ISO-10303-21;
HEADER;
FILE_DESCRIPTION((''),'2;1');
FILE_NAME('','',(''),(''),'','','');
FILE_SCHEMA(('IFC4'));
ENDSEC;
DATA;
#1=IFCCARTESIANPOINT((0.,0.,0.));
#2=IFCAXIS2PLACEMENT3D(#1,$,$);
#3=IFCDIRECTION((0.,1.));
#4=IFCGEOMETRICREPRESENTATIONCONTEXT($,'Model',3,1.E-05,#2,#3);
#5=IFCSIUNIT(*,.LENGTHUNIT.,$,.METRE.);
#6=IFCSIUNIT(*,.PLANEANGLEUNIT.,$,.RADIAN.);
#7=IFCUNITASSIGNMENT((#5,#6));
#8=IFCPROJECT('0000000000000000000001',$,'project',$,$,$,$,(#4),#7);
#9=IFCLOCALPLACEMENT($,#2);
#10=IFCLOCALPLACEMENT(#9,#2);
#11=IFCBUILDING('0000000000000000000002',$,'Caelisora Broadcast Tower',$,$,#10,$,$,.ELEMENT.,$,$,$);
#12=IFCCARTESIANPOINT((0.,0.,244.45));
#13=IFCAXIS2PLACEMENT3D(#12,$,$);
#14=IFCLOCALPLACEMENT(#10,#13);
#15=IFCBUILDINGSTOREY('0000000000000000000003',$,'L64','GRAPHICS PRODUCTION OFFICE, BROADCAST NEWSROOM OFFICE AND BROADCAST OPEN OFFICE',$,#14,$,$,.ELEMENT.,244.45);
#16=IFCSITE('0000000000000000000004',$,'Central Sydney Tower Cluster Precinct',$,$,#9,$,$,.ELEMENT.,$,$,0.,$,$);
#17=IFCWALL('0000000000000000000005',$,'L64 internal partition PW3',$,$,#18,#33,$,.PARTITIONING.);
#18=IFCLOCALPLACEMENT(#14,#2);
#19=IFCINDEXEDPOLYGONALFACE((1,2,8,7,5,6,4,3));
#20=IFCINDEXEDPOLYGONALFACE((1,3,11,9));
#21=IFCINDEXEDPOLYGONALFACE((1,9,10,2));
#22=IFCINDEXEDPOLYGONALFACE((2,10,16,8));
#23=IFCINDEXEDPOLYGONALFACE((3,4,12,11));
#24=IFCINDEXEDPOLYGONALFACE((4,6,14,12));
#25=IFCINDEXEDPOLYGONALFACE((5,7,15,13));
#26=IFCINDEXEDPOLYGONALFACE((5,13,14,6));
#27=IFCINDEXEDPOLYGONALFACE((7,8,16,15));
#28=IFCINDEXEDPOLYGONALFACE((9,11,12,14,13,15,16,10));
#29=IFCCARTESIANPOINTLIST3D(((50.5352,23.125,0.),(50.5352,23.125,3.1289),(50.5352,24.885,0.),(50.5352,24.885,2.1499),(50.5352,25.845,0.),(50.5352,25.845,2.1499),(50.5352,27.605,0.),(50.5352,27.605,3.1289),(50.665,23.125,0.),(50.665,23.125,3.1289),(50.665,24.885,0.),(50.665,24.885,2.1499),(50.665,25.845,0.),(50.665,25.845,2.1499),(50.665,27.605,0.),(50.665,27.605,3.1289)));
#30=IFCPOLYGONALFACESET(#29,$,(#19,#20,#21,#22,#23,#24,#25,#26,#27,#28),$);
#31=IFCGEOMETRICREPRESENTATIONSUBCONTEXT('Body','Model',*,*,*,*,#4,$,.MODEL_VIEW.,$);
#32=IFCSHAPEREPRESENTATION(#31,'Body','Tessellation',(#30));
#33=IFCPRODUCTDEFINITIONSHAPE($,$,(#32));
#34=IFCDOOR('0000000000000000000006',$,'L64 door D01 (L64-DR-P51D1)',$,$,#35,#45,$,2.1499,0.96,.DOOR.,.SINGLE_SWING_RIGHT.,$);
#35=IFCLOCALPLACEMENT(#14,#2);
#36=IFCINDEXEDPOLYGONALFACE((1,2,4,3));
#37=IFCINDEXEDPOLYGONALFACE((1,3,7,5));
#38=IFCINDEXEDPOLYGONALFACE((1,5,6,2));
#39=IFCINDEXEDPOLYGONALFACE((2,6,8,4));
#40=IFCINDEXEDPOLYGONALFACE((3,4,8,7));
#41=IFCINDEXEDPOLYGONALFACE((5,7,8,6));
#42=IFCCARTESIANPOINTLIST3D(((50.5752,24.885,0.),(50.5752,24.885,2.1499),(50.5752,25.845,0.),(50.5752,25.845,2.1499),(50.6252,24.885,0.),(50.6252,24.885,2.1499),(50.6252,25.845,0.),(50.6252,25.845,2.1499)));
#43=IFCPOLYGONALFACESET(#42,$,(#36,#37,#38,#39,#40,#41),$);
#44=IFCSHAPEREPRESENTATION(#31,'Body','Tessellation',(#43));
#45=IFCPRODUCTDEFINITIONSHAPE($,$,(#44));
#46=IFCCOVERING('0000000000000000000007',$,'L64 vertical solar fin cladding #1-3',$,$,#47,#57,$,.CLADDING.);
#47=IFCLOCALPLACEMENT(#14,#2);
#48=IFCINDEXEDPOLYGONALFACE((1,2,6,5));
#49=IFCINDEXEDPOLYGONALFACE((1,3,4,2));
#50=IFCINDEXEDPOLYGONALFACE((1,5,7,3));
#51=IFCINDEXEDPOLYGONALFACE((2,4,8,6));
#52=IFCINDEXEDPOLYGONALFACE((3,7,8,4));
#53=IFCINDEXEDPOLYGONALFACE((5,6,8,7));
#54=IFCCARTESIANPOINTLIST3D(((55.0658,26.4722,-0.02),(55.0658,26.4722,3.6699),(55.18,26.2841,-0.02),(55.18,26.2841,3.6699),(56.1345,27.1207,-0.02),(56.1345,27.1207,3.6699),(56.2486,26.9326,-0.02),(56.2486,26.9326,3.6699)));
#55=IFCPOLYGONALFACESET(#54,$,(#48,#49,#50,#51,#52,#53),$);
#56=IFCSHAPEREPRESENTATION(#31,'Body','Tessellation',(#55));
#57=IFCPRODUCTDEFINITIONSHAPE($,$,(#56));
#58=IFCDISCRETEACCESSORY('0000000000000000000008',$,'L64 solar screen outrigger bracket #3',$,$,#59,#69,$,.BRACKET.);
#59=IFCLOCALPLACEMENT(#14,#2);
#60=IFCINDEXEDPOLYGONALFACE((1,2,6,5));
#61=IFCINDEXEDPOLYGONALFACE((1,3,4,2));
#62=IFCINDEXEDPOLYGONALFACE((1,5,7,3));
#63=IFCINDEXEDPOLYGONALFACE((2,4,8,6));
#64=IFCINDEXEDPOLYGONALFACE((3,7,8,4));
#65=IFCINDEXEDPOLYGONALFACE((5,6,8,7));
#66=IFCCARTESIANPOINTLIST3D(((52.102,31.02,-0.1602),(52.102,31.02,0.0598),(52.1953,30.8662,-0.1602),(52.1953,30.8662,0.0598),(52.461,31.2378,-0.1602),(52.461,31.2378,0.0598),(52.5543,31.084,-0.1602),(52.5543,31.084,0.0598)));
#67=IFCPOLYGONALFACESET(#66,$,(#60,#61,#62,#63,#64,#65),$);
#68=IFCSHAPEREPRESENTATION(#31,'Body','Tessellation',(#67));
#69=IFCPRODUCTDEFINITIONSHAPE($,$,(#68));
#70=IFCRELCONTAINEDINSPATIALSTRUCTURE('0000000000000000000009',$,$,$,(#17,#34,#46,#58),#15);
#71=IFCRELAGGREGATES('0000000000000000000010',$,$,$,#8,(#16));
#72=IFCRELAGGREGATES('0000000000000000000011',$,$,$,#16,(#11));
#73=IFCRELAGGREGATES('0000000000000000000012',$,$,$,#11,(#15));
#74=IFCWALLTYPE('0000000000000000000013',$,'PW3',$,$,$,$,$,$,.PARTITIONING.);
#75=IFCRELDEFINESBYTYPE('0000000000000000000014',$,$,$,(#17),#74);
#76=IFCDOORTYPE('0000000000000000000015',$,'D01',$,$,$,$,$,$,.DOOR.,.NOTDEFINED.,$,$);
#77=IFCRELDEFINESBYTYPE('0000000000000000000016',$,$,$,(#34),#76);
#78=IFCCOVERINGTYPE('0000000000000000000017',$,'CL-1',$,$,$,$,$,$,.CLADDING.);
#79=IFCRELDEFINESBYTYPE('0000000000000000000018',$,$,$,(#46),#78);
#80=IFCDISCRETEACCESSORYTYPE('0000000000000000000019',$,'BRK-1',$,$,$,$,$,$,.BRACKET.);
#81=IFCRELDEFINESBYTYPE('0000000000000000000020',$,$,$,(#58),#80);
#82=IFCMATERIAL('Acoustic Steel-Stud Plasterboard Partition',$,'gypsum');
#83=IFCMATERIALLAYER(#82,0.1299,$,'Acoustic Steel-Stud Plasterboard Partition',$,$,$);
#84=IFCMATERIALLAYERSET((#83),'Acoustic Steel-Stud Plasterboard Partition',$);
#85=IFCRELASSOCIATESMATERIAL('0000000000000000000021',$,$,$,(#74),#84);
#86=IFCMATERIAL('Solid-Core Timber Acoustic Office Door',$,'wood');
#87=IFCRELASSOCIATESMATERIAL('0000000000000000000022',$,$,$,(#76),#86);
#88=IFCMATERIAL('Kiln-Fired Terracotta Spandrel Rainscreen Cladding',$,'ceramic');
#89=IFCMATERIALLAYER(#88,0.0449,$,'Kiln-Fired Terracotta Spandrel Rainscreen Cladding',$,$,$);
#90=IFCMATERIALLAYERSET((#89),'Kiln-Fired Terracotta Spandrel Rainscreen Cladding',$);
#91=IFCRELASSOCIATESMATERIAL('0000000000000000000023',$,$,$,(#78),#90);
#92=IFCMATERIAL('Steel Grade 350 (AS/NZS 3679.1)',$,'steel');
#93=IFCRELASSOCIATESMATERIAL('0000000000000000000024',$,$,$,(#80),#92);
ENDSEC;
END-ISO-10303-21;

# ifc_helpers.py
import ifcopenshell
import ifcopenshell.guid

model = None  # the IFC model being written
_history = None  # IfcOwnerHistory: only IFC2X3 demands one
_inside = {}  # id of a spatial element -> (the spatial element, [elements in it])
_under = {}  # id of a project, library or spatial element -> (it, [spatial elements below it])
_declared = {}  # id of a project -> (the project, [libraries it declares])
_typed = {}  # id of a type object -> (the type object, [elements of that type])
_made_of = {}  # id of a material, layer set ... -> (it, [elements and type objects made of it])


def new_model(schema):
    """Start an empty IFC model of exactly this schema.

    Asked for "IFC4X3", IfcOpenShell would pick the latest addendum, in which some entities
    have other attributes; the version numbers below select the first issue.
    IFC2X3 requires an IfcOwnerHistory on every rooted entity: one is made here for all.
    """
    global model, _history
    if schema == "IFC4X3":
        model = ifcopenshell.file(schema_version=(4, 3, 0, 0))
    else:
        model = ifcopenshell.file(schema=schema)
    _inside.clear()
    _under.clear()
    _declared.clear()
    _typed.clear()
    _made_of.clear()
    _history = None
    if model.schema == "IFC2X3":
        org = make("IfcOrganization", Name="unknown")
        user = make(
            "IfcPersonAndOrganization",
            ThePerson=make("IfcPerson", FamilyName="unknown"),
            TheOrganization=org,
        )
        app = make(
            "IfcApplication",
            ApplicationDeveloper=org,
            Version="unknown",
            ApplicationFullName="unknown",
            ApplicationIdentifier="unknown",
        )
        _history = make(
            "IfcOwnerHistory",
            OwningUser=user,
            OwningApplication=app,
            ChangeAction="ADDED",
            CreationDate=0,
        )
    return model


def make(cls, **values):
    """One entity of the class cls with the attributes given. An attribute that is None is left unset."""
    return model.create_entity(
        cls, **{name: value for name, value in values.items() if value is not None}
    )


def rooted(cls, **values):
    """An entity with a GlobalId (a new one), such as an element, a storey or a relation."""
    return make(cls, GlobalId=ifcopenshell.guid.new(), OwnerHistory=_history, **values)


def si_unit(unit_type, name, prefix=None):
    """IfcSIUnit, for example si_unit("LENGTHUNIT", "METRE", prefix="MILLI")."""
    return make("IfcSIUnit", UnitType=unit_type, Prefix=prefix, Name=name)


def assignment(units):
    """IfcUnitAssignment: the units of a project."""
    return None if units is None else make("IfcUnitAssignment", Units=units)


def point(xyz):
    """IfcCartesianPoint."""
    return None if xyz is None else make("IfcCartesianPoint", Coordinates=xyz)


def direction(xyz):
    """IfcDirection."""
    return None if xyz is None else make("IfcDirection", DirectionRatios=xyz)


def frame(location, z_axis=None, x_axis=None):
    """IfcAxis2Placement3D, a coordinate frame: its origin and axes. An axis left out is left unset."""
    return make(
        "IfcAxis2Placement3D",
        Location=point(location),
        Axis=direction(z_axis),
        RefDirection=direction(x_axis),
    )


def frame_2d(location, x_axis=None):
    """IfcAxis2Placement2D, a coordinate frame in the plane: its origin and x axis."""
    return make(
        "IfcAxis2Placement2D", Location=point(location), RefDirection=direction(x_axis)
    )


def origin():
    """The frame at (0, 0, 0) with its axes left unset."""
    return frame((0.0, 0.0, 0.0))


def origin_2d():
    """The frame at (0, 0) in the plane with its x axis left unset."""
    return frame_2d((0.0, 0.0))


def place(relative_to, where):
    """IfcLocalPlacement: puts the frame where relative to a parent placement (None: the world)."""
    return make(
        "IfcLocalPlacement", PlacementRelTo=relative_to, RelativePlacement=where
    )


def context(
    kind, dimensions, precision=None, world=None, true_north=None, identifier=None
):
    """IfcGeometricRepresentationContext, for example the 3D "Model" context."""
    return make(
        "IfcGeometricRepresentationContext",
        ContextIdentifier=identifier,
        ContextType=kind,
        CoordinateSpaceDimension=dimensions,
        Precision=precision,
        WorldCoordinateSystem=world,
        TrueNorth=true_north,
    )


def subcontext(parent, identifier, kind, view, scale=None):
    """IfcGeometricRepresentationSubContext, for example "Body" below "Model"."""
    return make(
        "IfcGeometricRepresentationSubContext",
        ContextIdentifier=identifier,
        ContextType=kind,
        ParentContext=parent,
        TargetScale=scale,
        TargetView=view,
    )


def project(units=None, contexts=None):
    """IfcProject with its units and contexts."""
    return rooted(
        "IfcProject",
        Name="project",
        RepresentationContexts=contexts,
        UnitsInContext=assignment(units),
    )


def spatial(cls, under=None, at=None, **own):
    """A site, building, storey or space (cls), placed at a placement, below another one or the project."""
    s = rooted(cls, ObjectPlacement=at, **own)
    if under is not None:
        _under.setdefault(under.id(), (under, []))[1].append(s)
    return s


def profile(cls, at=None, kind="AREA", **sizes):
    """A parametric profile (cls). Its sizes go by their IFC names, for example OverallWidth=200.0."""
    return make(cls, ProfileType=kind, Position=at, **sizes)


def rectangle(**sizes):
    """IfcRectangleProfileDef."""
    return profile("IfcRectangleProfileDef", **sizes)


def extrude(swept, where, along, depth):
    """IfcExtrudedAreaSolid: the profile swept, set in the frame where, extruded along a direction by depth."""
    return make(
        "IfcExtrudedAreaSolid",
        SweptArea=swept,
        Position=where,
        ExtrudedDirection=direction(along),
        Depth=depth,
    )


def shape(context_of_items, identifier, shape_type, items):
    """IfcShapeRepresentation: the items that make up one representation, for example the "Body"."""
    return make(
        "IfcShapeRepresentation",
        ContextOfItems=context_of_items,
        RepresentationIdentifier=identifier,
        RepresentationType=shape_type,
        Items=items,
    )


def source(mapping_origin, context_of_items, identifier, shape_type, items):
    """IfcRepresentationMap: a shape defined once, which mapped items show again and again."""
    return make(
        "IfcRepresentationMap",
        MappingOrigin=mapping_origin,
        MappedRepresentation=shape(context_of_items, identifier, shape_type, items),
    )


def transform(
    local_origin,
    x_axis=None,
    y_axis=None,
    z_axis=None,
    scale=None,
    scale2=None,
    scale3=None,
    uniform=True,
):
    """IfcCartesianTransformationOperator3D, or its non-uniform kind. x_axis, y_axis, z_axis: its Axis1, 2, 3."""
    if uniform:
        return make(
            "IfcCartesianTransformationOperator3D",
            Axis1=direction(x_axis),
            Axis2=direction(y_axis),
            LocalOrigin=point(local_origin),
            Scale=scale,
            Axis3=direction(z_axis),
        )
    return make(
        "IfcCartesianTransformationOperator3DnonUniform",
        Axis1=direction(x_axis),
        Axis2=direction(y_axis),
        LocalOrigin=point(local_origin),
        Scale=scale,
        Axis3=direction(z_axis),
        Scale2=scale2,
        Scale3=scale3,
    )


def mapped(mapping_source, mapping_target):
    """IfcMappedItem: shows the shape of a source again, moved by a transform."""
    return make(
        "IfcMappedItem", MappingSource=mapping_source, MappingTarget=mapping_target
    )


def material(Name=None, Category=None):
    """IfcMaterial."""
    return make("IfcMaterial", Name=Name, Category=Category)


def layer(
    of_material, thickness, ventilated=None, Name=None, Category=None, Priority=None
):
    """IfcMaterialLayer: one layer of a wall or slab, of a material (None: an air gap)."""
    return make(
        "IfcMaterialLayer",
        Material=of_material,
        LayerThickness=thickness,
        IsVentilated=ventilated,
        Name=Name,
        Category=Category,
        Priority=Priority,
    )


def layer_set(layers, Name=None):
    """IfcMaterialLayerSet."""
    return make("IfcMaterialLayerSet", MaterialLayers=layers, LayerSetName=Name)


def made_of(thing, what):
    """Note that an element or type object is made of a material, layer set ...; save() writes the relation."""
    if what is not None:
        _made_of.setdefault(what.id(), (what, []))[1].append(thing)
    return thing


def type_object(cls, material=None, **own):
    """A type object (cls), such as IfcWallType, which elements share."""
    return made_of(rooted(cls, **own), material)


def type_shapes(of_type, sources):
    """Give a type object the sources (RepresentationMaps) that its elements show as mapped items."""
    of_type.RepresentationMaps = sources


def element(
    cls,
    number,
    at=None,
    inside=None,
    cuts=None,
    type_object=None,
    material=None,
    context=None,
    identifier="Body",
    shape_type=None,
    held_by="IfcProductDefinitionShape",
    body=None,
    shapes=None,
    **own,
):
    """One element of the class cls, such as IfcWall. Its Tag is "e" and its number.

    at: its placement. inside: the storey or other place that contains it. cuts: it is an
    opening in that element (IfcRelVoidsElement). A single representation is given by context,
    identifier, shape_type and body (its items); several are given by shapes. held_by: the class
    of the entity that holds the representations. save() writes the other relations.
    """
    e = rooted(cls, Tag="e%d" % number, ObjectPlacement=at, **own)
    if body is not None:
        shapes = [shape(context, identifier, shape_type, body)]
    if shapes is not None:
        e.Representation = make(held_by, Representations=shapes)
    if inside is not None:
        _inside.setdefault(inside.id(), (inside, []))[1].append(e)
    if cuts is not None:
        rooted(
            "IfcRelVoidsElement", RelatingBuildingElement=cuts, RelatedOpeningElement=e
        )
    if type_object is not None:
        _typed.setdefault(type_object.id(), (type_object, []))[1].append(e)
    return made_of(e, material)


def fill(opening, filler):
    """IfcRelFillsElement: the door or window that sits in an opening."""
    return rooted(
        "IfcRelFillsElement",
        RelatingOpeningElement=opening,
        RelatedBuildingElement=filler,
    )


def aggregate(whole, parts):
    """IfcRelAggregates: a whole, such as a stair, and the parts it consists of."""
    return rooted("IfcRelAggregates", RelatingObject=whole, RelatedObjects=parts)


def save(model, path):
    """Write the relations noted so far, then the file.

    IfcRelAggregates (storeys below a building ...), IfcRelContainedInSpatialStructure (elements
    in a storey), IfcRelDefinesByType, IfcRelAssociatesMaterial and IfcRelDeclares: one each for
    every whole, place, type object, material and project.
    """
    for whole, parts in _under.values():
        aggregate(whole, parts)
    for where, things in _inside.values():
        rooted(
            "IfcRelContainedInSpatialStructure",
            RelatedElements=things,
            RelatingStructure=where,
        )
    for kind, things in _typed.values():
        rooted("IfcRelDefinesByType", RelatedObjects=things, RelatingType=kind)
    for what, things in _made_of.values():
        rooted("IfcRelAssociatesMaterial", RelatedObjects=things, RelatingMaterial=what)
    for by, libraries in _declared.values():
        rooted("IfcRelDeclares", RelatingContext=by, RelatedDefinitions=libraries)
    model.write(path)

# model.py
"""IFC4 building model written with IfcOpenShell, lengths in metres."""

from ifc_helpers import new_model, si_unit, direction, frame, frame_2d, origin, origin_2d, place, context, subcontext, project, spatial, rectangle, extrude, source, transform, mapped, material, layer, layer_set, type_object, type_shapes, element, fill, save


model = new_model("IFC4")

# Units and contexts
model_context = context("Model", 3, precision=1e-05, world=origin(), true_north=direction((0.0, 1.0)))
body_context = subcontext(model_context, "Body", "Model", "MODEL_VIEW")
ifc_project = project(units=[si_unit("LENGTHUNIT", "METRE"), si_unit("PLANEANGLEUNIT", "RADIAN")], contexts=[model_context])

# Site, building, storey
site_placement = place(None, origin())
site = spatial("IfcSite", under=ifc_project, at=site_placement, Name="Central Sydney Tower Cluster Precinct", CompositionType="ELEMENT", RefElevation=0.0)
building_placement = place(site_placement, origin())
building = spatial("IfcBuilding", under=site, at=building_placement, Name="Caelisora Broadcast Tower", CompositionType="ELEMENT")
storey_placement = place(building_placement, frame((0.0, 0.0, 244.45)))
storey = spatial("IfcBuildingStorey", under=building, at=storey_placement, Name="L64", Description="GRAPHICS PRODUCTION OFFICE, BROADCAST NEWSROOM OFFICE AND BROADCAST OPEN OFFICE", CompositionType="ELEMENT", Elevation=244.45)

# Shared definitions
ifc_material_1 = material(Name="Steel Grade 350 (AS/NZS 3679.1)", Category="steel")

# Shared definitions
ifc_material_2 = material(Name="Acoustic Steel-Stud Plasterboard Partition", Category="gypsum")
ifc_layer_1 = layer(ifc_material_2, 0.1299, Name="Acoustic Steel-Stud Plasterboard Partition")
ifc_layer_set_1 = layer_set([ifc_layer_1], Name="Acoustic Steel-Stud Plasterboard Partition")
wall_type_1 = type_object("IfcWallType", Name="PW3", PredefinedType="PARTITIONING", material=ifc_layer_set_1)

# Wall, opening, door
wall_1_placement = place(storey_placement, frame((50.6001, 23.125, 0.0), z_axis=(0.0, 0.0, 1.0), x_axis=(0.0, 1.0, 0.0)))
wall_1 = element("IfcWall", 1, at=wall_1_placement, inside=storey, type_object=wall_type_1, Name="L64 internal partition PW3", PredefinedType="PARTITIONING", context=body_context, shape_type="SweptSolid", body=[
    extrude(rectangle(XDim=4.48, YDim=0.1299, at=frame_2d((2.24, 0.0))), origin(), (0.0, 0.0, 1.0), 3.1289),
])
opening_1_placement = place(wall_1_placement, frame((1.76, 0.0, 0.0)))
opening_1 = element("IfcOpeningElement", 2, at=opening_1_placement, cuts=wall_1, PredefinedType="OPENING", context=body_context, shape_type="SweptSolid", body=[
    extrude(rectangle(XDim=0.96, YDim=2.1499, at=frame_2d((0.48, 1.075))), frame((0.0, 0.0769, 0.0), z_axis=(0.0, -1.0, 0.0), x_axis=(1.0, 0.0, 0.0)), (0.0, 0.0, 1.0), 0.1538),
])
ifc_material_3 = material(Name="Solid-Core Timber Acoustic Office Door", Category="wood")
door_type_1 = type_object("IfcDoorType", Name="D01", OperationType="NOTDEFINED", PredefinedType="DOOR", material=ifc_material_3)
door_1_placement = place(opening_1_placement, origin())
door_1 = element("IfcDoor", 3, at=door_1_placement, inside=storey, type_object=door_type_1, Name="L64 door D01 (L64-DR-P51D1)", OperationType="SINGLE_SWING_RIGHT", OverallHeight=2.1499, OverallWidth=0.96, PredefinedType="DOOR", context=body_context, shape_type="SweptSolid", body=[
    extrude(rectangle(XDim=0.96, YDim=2.1499, at=frame_2d((0.48, 1.075))), frame((0.0, 0.0249, 0.0), z_axis=(0.0, -1.0, 0.0), x_axis=(1.0, 0.0, 0.0)), (0.0, 0.0, 1.0), 0.05),
])
fill(opening_1, door_1)

# Covering
ifc_material_4 = material(Name="Kiln-Fired Terracotta Spandrel Rainscreen Cladding", Category="ceramic")
ifc_layer_2 = layer(ifc_material_4, 0.0449, Name="Kiln-Fired Terracotta Spandrel Rainscreen Cladding")
ifc_layer_set_2 = layer_set([ifc_layer_2], Name="Kiln-Fired Terracotta Spandrel Rainscreen Cladding")
covering_type = type_object("IfcCoveringType", Name="CL-1", PredefinedType="CLADDING", material=ifc_layer_set_2)
shared_shape_1 = source(origin(), body_context, "Body", "SweptSolid", [
    extrude(rectangle(XDim=0.22, YDim=1.25, at=origin_2d()), origin(), (0.0, 0.0, 1.0), 3.6899),
])
type_shapes(covering_type, [shared_shape_1])
covering_placement = place(storey_placement, frame((55.6572, 26.7024, -0.02), z_axis=(0.0, 0.0, 1.0), x_axis=(0.518773, -0.854912, 0.0)))
element("IfcCovering", 4, at=covering_placement, inside=storey, type_object=covering_type, Name="L64 vertical solar fin cladding #1-3", PredefinedType="CLADDING", context=body_context, shape_type="MappedRepresentation", body=[
    mapped(shared_shape_1, transform((0.0, 0.0, 0.0), scale=1.0)),
])

# Discrete accessory
discrete_accessory_type = type_object("IfcDiscreteAccessoryType", Name="BRK-1", PredefinedType="BRACKET", material=ifc_material_1)
shared_shape_2 = source(origin(), body_context, "Body", "SweptSolid", [
    extrude(rectangle(XDim=0.1799, YDim=0.4199, at=origin_2d()), origin(), (0.0, 0.0, 1.0), 0.22),
])
type_shapes(discrete_accessory_type, [shared_shape_2])
discrete_accessory_placement = place(storey_placement, frame((52.3281, 31.052, -0.1602), z_axis=(0.0, 0.0, 1.0), x_axis=(-0.518773, 0.854912, 0.0)))
element("IfcDiscreteAccessory", 5, at=discrete_accessory_placement, inside=storey, type_object=discrete_accessory_type, Name="L64 solar screen outrigger bracket #3", PredefinedType="BRACKET", context=body_context, shape_type="MappedRepresentation", body=[
    mapped(shared_shape_2, transform((0.0, 0.0, 0.0), scale=1.0)),
])

save(model, "model.ifc")
